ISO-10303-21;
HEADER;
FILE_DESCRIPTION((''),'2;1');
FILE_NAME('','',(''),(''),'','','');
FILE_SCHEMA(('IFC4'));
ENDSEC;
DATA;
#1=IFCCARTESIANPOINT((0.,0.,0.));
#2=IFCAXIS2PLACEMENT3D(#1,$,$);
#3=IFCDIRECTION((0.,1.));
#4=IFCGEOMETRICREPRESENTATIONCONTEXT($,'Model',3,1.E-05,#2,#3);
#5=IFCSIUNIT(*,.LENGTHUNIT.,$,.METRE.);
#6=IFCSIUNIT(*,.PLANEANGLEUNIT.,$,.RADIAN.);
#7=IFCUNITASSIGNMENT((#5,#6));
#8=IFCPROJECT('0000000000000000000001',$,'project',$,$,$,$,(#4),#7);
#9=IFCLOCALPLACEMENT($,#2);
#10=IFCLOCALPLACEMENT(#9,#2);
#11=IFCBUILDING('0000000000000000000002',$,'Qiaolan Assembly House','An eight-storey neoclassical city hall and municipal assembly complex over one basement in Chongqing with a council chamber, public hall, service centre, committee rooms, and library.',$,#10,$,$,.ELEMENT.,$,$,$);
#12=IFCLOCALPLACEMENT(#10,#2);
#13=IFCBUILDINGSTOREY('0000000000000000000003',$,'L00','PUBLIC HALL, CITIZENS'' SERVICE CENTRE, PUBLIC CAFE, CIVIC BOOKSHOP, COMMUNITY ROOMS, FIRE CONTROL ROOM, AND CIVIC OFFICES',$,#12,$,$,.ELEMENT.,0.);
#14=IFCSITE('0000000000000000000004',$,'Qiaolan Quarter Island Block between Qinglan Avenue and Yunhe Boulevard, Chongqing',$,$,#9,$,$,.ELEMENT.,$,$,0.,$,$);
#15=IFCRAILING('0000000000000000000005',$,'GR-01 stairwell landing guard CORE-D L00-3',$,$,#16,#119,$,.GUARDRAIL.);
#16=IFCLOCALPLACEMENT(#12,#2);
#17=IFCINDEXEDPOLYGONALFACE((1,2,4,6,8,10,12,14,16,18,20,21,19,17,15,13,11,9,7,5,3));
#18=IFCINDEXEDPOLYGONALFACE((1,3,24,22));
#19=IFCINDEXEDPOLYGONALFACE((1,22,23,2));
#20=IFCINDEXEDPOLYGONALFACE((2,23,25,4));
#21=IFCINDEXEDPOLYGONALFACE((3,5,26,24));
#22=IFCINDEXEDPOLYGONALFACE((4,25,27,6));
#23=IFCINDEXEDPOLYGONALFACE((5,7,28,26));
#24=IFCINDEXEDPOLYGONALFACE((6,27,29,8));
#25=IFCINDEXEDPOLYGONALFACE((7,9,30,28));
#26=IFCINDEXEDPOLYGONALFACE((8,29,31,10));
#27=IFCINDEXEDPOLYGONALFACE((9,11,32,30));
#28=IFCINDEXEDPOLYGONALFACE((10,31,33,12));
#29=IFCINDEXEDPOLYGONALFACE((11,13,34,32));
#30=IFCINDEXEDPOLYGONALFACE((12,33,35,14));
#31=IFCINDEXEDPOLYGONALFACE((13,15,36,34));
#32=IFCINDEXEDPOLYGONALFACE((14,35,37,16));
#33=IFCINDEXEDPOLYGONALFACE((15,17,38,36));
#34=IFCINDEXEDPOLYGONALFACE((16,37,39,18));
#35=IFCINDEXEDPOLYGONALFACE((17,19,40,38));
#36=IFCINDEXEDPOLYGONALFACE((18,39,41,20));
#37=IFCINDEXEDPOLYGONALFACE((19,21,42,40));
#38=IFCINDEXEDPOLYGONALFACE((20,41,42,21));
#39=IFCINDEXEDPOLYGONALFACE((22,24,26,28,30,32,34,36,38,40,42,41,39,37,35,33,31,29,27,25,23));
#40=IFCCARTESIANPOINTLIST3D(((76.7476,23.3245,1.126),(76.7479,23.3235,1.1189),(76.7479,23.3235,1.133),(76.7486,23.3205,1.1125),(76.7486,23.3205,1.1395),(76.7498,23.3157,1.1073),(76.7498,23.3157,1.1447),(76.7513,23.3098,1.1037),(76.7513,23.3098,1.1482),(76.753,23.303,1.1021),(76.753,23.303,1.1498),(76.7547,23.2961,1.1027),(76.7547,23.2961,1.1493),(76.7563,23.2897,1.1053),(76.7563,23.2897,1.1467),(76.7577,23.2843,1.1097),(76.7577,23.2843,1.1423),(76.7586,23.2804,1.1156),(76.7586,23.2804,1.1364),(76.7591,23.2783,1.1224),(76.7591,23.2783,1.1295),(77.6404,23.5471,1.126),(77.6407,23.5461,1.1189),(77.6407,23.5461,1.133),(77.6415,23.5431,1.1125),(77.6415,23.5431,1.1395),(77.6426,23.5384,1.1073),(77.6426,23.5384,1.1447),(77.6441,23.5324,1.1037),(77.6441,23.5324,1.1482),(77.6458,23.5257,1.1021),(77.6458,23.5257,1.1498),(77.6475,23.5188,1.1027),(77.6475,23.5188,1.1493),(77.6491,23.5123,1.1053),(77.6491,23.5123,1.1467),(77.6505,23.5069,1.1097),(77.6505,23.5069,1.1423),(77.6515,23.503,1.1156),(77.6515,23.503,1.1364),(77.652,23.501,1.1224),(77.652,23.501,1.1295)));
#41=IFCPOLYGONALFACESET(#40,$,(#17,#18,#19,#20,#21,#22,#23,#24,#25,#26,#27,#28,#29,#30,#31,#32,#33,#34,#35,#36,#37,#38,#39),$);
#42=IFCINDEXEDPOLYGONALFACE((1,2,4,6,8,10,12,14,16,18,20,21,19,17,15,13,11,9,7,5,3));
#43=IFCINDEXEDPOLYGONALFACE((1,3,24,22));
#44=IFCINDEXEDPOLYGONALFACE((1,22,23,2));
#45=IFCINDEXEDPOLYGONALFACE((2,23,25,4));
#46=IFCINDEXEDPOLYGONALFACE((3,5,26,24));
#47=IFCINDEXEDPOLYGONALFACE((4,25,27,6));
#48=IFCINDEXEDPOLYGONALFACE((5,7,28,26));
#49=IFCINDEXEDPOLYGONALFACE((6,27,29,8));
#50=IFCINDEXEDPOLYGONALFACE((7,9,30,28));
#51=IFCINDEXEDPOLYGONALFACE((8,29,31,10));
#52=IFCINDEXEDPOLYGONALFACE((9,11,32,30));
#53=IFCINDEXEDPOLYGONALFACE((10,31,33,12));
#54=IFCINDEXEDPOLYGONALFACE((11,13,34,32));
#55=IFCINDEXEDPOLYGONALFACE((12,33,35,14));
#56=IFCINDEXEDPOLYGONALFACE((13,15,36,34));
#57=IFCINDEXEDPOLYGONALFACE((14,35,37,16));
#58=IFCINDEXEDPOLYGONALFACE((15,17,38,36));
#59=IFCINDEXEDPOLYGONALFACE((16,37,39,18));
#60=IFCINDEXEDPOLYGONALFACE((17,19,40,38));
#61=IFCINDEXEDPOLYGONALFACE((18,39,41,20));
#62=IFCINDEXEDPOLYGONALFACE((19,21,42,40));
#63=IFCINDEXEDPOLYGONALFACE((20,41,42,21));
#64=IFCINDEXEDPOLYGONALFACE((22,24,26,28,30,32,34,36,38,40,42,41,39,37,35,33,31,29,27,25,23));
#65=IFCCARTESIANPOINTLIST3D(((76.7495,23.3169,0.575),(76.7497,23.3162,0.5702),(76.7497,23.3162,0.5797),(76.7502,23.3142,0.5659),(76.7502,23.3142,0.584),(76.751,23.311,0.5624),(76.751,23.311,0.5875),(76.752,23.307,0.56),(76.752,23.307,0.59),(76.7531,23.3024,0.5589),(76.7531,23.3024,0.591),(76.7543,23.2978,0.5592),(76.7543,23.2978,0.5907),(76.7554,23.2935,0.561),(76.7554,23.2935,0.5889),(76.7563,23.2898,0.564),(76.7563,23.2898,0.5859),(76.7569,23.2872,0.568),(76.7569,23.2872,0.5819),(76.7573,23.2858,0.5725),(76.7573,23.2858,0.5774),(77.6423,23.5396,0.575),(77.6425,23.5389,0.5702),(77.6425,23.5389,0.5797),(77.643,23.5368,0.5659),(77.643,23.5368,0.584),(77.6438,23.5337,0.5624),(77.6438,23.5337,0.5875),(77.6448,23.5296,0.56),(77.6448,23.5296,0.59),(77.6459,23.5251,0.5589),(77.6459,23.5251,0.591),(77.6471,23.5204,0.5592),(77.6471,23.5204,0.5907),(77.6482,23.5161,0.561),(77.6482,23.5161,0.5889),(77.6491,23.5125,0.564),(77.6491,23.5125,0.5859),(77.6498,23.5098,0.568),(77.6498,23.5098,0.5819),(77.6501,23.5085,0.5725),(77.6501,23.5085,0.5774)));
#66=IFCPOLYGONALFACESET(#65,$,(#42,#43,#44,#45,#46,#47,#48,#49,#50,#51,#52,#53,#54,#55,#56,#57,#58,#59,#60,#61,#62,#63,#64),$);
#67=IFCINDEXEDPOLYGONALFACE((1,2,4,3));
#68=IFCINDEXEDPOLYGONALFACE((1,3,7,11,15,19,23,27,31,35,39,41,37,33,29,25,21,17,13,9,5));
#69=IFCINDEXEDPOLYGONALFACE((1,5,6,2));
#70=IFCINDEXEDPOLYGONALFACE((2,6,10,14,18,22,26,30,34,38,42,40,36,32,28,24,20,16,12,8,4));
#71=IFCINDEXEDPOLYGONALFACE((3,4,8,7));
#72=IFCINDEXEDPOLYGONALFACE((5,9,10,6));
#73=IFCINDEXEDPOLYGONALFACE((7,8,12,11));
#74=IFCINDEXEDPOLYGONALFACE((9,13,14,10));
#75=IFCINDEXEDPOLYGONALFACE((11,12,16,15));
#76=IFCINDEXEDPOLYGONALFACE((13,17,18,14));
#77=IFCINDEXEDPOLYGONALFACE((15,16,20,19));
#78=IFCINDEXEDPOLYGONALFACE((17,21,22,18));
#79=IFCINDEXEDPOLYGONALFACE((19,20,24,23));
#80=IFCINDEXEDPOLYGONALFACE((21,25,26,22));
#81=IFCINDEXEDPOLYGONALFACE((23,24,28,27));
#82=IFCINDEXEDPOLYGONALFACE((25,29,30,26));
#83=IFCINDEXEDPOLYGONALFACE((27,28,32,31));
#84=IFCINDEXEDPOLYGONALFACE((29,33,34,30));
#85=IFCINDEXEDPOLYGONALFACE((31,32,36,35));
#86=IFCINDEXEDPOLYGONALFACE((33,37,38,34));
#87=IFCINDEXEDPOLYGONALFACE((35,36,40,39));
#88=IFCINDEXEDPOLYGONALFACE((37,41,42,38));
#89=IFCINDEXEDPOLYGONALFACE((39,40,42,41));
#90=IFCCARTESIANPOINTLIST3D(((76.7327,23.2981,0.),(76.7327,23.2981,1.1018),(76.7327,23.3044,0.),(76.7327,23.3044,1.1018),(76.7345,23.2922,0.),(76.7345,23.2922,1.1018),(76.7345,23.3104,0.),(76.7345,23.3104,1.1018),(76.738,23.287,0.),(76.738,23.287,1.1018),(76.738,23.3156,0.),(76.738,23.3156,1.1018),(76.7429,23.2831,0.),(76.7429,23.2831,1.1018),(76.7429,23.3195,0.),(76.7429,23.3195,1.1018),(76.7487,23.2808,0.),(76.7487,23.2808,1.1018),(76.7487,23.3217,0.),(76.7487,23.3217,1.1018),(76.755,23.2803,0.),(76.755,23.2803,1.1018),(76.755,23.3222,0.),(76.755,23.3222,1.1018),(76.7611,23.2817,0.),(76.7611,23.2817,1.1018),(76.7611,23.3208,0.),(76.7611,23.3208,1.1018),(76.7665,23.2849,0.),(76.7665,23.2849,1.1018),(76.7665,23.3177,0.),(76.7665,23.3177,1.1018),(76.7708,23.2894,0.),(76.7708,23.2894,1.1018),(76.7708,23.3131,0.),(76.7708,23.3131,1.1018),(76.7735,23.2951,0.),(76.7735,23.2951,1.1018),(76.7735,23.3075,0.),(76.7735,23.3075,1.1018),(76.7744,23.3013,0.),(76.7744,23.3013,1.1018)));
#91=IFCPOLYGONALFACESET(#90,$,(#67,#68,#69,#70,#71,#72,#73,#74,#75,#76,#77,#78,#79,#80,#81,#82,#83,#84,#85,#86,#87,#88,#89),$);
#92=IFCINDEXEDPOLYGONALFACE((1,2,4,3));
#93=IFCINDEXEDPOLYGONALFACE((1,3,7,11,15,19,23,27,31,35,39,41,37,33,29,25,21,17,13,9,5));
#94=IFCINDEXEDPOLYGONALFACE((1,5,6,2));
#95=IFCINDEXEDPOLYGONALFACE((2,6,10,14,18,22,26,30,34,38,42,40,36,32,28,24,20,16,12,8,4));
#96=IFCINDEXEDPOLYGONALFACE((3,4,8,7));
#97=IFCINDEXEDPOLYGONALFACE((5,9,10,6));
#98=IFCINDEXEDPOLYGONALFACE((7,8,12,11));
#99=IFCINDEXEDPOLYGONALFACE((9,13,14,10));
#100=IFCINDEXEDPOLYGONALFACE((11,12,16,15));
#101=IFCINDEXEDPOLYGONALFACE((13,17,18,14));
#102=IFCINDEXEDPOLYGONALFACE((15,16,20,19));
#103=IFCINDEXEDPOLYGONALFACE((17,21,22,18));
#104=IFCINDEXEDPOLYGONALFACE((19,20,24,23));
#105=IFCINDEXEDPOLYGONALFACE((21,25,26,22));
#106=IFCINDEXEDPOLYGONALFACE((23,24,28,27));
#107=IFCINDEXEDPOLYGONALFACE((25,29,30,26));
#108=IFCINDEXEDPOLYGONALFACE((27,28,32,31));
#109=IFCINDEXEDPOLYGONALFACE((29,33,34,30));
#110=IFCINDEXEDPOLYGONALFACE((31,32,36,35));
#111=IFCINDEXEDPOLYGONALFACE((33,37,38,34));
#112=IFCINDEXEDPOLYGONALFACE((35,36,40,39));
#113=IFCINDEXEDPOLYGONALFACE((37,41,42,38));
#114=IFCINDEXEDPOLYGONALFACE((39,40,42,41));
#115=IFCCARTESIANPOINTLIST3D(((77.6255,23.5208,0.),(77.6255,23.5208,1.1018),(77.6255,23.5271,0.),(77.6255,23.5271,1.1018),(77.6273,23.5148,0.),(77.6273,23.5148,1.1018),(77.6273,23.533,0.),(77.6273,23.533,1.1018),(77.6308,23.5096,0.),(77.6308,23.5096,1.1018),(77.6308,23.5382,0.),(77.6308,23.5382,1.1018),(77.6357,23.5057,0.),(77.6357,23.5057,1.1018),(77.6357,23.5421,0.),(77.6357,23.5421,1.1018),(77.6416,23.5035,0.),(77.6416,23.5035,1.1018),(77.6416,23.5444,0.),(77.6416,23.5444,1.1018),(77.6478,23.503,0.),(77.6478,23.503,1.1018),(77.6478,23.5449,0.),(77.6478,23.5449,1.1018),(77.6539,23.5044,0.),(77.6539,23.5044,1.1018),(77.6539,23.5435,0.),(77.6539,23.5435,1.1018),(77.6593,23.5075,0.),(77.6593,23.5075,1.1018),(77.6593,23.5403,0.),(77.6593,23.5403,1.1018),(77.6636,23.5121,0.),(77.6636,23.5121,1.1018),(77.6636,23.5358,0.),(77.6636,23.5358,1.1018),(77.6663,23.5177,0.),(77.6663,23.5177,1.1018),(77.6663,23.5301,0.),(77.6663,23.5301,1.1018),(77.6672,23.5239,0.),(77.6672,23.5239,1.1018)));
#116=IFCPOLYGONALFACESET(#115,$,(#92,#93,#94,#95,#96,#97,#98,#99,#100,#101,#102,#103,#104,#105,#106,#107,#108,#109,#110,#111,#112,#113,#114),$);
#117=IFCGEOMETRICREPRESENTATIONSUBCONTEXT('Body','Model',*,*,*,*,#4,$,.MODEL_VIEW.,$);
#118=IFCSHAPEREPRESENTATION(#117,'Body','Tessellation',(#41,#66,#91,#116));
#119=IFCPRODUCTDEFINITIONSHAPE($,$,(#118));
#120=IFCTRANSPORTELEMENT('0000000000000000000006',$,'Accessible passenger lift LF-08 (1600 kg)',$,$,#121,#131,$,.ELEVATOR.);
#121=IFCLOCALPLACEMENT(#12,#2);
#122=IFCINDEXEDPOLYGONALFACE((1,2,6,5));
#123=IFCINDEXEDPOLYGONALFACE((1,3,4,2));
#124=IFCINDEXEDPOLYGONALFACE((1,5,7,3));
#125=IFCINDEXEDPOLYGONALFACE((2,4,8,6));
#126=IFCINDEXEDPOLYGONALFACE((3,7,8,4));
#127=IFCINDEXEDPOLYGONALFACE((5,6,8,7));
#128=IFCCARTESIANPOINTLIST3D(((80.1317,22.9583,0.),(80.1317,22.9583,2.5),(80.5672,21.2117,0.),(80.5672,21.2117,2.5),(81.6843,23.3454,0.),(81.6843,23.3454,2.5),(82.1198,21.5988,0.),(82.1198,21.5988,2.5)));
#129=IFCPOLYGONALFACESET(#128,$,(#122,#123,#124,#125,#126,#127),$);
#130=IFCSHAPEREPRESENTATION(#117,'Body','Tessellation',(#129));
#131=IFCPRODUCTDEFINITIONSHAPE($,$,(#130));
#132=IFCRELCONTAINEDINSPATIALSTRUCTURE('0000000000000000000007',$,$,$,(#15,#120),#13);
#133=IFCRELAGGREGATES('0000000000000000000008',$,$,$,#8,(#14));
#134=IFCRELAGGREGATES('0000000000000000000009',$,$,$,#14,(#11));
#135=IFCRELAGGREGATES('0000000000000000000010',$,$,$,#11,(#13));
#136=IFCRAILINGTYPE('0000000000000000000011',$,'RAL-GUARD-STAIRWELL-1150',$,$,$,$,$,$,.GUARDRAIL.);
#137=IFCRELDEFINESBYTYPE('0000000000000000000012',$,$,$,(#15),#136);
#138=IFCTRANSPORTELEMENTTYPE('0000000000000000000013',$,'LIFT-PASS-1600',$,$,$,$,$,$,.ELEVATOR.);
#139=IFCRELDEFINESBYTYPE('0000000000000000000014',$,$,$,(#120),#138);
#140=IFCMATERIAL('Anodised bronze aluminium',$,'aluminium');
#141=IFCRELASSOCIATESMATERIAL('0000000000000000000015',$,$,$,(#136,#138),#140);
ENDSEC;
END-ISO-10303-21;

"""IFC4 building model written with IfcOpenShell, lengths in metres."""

from ifc_helpers import new_model, si_unit, direction, frame, origin, origin_2d, place, context, subcontext, project, spatial, rectangle, circle, extrude, material, type_object, element, save


model = new_model("IFC4")

# Units and contexts
model_context = context("Model", 3, precision=1e-05, world=origin(), true_north=direction((0.0, 1.0)))
body_context = subcontext(model_context, "Body", "Model", "MODEL_VIEW")
ifc_project = project(units=[si_unit("LENGTHUNIT", "METRE"), si_unit("PLANEANGLEUNIT", "RADIAN")], contexts=[model_context])

# Site, building, storey
site_placement = place(None, origin())
site = spatial("IfcSite", under=ifc_project, at=site_placement, Name="Qiaolan Quarter Island Block between Qinglan Avenue and Yunhe Boulevard, Chongqing", CompositionType="ELEMENT", RefElevation=0.0)
building_placement = place(site_placement, origin())
building = spatial("IfcBuilding", under=site, at=building_placement, Name="Qiaolan Assembly House", Description="An eight-storey neoclassical city hall and municipal assembly complex over one basement in Chongqing with a council chamber, public hall, service centre, committee rooms, and library.", CompositionType="ELEMENT")
storey_placement = place(building_placement, origin())
storey = spatial("IfcBuildingStorey", under=building, at=storey_placement, Name="L00", Description="PUBLIC HALL, CITIZENS' SERVICE CENTRE, PUBLIC CAFE, CIVIC BOOKSHOP, COMMUNITY ROOMS, FIRE CONTROL ROOM, AND CIVIC OFFICES", CompositionType="ELEMENT", Elevation=0.0)

# Railing
ifc_material_1 = material(Name="Anodised bronze aluminium", Category="aluminium")
railing_type_1 = type_object("IfcRailingType", Name="RAL-GUARD-STAIRWELL-1150", PredefinedType="GUARDRAIL", material=ifc_material_1)
railing_1_placement = place(storey_placement, frame((76.7534, 23.3013, 0.0)))
element("IfcRailing", 1, at=railing_1_placement, inside=storey, type_object=railing_type_1, Name="GR-01 stairwell landing guard CORE-D L00-3", PredefinedType="GUARDRAIL", context=body_context, shape_type="SweptSolid", body=[
    extrude(circle(Radius=0.0239, at=origin_2d()), frame((0.0, 0.0, 1.126), z_axis=(0.970283, 0.241974, 0.0), x_axis=(-0.241974, 0.970283, 0.0)), (0.0, 0.0, 1.0), 0.9202),
    extrude(circle(Radius=0.0161, at=origin_2d()), frame((0.0, 0.0, 0.575), z_axis=(0.970283, 0.241974, 0.0), x_axis=(-0.241974, 0.970283, 0.0)), (0.0, 0.0, 1.0), 0.9202),
    extrude(circle(Radius=0.021, at=origin_2d()), origin(), (0.0, 0.0, 1.0), 1.1018),
    extrude(circle(Radius=0.021, at=origin_2d()), frame((0.8928, 0.2227, 0.0)), (0.0, 0.0, 1.0), 1.1018),
])

# Transport element
transport_element_type = type_object("IfcTransportElementType", Name="LIFT-PASS-1600", PredefinedType="ELEVATOR", material=ifc_material_1)
transport_element_placement = place(storey_placement, frame((81.1257, 22.2786, 0.0), z_axis=(0.0, 0.0, 1.0), x_axis=(0.970296, 0.241922, 0.0)))
element("IfcTransportElement", 2, at=transport_element_placement, inside=storey, type_object=transport_element_type, Name="Accessible passenger lift LF-08 (1600 kg)", PredefinedType="ELEVATOR", context=body_context, shape_type="SweptSolid", body=[
    extrude(rectangle(XDim=1.6001, YDim=1.8, at=origin_2d()), origin(), (0.0, 0.0, 1.0), 2.5),
])

save(model, "model.ifc")
